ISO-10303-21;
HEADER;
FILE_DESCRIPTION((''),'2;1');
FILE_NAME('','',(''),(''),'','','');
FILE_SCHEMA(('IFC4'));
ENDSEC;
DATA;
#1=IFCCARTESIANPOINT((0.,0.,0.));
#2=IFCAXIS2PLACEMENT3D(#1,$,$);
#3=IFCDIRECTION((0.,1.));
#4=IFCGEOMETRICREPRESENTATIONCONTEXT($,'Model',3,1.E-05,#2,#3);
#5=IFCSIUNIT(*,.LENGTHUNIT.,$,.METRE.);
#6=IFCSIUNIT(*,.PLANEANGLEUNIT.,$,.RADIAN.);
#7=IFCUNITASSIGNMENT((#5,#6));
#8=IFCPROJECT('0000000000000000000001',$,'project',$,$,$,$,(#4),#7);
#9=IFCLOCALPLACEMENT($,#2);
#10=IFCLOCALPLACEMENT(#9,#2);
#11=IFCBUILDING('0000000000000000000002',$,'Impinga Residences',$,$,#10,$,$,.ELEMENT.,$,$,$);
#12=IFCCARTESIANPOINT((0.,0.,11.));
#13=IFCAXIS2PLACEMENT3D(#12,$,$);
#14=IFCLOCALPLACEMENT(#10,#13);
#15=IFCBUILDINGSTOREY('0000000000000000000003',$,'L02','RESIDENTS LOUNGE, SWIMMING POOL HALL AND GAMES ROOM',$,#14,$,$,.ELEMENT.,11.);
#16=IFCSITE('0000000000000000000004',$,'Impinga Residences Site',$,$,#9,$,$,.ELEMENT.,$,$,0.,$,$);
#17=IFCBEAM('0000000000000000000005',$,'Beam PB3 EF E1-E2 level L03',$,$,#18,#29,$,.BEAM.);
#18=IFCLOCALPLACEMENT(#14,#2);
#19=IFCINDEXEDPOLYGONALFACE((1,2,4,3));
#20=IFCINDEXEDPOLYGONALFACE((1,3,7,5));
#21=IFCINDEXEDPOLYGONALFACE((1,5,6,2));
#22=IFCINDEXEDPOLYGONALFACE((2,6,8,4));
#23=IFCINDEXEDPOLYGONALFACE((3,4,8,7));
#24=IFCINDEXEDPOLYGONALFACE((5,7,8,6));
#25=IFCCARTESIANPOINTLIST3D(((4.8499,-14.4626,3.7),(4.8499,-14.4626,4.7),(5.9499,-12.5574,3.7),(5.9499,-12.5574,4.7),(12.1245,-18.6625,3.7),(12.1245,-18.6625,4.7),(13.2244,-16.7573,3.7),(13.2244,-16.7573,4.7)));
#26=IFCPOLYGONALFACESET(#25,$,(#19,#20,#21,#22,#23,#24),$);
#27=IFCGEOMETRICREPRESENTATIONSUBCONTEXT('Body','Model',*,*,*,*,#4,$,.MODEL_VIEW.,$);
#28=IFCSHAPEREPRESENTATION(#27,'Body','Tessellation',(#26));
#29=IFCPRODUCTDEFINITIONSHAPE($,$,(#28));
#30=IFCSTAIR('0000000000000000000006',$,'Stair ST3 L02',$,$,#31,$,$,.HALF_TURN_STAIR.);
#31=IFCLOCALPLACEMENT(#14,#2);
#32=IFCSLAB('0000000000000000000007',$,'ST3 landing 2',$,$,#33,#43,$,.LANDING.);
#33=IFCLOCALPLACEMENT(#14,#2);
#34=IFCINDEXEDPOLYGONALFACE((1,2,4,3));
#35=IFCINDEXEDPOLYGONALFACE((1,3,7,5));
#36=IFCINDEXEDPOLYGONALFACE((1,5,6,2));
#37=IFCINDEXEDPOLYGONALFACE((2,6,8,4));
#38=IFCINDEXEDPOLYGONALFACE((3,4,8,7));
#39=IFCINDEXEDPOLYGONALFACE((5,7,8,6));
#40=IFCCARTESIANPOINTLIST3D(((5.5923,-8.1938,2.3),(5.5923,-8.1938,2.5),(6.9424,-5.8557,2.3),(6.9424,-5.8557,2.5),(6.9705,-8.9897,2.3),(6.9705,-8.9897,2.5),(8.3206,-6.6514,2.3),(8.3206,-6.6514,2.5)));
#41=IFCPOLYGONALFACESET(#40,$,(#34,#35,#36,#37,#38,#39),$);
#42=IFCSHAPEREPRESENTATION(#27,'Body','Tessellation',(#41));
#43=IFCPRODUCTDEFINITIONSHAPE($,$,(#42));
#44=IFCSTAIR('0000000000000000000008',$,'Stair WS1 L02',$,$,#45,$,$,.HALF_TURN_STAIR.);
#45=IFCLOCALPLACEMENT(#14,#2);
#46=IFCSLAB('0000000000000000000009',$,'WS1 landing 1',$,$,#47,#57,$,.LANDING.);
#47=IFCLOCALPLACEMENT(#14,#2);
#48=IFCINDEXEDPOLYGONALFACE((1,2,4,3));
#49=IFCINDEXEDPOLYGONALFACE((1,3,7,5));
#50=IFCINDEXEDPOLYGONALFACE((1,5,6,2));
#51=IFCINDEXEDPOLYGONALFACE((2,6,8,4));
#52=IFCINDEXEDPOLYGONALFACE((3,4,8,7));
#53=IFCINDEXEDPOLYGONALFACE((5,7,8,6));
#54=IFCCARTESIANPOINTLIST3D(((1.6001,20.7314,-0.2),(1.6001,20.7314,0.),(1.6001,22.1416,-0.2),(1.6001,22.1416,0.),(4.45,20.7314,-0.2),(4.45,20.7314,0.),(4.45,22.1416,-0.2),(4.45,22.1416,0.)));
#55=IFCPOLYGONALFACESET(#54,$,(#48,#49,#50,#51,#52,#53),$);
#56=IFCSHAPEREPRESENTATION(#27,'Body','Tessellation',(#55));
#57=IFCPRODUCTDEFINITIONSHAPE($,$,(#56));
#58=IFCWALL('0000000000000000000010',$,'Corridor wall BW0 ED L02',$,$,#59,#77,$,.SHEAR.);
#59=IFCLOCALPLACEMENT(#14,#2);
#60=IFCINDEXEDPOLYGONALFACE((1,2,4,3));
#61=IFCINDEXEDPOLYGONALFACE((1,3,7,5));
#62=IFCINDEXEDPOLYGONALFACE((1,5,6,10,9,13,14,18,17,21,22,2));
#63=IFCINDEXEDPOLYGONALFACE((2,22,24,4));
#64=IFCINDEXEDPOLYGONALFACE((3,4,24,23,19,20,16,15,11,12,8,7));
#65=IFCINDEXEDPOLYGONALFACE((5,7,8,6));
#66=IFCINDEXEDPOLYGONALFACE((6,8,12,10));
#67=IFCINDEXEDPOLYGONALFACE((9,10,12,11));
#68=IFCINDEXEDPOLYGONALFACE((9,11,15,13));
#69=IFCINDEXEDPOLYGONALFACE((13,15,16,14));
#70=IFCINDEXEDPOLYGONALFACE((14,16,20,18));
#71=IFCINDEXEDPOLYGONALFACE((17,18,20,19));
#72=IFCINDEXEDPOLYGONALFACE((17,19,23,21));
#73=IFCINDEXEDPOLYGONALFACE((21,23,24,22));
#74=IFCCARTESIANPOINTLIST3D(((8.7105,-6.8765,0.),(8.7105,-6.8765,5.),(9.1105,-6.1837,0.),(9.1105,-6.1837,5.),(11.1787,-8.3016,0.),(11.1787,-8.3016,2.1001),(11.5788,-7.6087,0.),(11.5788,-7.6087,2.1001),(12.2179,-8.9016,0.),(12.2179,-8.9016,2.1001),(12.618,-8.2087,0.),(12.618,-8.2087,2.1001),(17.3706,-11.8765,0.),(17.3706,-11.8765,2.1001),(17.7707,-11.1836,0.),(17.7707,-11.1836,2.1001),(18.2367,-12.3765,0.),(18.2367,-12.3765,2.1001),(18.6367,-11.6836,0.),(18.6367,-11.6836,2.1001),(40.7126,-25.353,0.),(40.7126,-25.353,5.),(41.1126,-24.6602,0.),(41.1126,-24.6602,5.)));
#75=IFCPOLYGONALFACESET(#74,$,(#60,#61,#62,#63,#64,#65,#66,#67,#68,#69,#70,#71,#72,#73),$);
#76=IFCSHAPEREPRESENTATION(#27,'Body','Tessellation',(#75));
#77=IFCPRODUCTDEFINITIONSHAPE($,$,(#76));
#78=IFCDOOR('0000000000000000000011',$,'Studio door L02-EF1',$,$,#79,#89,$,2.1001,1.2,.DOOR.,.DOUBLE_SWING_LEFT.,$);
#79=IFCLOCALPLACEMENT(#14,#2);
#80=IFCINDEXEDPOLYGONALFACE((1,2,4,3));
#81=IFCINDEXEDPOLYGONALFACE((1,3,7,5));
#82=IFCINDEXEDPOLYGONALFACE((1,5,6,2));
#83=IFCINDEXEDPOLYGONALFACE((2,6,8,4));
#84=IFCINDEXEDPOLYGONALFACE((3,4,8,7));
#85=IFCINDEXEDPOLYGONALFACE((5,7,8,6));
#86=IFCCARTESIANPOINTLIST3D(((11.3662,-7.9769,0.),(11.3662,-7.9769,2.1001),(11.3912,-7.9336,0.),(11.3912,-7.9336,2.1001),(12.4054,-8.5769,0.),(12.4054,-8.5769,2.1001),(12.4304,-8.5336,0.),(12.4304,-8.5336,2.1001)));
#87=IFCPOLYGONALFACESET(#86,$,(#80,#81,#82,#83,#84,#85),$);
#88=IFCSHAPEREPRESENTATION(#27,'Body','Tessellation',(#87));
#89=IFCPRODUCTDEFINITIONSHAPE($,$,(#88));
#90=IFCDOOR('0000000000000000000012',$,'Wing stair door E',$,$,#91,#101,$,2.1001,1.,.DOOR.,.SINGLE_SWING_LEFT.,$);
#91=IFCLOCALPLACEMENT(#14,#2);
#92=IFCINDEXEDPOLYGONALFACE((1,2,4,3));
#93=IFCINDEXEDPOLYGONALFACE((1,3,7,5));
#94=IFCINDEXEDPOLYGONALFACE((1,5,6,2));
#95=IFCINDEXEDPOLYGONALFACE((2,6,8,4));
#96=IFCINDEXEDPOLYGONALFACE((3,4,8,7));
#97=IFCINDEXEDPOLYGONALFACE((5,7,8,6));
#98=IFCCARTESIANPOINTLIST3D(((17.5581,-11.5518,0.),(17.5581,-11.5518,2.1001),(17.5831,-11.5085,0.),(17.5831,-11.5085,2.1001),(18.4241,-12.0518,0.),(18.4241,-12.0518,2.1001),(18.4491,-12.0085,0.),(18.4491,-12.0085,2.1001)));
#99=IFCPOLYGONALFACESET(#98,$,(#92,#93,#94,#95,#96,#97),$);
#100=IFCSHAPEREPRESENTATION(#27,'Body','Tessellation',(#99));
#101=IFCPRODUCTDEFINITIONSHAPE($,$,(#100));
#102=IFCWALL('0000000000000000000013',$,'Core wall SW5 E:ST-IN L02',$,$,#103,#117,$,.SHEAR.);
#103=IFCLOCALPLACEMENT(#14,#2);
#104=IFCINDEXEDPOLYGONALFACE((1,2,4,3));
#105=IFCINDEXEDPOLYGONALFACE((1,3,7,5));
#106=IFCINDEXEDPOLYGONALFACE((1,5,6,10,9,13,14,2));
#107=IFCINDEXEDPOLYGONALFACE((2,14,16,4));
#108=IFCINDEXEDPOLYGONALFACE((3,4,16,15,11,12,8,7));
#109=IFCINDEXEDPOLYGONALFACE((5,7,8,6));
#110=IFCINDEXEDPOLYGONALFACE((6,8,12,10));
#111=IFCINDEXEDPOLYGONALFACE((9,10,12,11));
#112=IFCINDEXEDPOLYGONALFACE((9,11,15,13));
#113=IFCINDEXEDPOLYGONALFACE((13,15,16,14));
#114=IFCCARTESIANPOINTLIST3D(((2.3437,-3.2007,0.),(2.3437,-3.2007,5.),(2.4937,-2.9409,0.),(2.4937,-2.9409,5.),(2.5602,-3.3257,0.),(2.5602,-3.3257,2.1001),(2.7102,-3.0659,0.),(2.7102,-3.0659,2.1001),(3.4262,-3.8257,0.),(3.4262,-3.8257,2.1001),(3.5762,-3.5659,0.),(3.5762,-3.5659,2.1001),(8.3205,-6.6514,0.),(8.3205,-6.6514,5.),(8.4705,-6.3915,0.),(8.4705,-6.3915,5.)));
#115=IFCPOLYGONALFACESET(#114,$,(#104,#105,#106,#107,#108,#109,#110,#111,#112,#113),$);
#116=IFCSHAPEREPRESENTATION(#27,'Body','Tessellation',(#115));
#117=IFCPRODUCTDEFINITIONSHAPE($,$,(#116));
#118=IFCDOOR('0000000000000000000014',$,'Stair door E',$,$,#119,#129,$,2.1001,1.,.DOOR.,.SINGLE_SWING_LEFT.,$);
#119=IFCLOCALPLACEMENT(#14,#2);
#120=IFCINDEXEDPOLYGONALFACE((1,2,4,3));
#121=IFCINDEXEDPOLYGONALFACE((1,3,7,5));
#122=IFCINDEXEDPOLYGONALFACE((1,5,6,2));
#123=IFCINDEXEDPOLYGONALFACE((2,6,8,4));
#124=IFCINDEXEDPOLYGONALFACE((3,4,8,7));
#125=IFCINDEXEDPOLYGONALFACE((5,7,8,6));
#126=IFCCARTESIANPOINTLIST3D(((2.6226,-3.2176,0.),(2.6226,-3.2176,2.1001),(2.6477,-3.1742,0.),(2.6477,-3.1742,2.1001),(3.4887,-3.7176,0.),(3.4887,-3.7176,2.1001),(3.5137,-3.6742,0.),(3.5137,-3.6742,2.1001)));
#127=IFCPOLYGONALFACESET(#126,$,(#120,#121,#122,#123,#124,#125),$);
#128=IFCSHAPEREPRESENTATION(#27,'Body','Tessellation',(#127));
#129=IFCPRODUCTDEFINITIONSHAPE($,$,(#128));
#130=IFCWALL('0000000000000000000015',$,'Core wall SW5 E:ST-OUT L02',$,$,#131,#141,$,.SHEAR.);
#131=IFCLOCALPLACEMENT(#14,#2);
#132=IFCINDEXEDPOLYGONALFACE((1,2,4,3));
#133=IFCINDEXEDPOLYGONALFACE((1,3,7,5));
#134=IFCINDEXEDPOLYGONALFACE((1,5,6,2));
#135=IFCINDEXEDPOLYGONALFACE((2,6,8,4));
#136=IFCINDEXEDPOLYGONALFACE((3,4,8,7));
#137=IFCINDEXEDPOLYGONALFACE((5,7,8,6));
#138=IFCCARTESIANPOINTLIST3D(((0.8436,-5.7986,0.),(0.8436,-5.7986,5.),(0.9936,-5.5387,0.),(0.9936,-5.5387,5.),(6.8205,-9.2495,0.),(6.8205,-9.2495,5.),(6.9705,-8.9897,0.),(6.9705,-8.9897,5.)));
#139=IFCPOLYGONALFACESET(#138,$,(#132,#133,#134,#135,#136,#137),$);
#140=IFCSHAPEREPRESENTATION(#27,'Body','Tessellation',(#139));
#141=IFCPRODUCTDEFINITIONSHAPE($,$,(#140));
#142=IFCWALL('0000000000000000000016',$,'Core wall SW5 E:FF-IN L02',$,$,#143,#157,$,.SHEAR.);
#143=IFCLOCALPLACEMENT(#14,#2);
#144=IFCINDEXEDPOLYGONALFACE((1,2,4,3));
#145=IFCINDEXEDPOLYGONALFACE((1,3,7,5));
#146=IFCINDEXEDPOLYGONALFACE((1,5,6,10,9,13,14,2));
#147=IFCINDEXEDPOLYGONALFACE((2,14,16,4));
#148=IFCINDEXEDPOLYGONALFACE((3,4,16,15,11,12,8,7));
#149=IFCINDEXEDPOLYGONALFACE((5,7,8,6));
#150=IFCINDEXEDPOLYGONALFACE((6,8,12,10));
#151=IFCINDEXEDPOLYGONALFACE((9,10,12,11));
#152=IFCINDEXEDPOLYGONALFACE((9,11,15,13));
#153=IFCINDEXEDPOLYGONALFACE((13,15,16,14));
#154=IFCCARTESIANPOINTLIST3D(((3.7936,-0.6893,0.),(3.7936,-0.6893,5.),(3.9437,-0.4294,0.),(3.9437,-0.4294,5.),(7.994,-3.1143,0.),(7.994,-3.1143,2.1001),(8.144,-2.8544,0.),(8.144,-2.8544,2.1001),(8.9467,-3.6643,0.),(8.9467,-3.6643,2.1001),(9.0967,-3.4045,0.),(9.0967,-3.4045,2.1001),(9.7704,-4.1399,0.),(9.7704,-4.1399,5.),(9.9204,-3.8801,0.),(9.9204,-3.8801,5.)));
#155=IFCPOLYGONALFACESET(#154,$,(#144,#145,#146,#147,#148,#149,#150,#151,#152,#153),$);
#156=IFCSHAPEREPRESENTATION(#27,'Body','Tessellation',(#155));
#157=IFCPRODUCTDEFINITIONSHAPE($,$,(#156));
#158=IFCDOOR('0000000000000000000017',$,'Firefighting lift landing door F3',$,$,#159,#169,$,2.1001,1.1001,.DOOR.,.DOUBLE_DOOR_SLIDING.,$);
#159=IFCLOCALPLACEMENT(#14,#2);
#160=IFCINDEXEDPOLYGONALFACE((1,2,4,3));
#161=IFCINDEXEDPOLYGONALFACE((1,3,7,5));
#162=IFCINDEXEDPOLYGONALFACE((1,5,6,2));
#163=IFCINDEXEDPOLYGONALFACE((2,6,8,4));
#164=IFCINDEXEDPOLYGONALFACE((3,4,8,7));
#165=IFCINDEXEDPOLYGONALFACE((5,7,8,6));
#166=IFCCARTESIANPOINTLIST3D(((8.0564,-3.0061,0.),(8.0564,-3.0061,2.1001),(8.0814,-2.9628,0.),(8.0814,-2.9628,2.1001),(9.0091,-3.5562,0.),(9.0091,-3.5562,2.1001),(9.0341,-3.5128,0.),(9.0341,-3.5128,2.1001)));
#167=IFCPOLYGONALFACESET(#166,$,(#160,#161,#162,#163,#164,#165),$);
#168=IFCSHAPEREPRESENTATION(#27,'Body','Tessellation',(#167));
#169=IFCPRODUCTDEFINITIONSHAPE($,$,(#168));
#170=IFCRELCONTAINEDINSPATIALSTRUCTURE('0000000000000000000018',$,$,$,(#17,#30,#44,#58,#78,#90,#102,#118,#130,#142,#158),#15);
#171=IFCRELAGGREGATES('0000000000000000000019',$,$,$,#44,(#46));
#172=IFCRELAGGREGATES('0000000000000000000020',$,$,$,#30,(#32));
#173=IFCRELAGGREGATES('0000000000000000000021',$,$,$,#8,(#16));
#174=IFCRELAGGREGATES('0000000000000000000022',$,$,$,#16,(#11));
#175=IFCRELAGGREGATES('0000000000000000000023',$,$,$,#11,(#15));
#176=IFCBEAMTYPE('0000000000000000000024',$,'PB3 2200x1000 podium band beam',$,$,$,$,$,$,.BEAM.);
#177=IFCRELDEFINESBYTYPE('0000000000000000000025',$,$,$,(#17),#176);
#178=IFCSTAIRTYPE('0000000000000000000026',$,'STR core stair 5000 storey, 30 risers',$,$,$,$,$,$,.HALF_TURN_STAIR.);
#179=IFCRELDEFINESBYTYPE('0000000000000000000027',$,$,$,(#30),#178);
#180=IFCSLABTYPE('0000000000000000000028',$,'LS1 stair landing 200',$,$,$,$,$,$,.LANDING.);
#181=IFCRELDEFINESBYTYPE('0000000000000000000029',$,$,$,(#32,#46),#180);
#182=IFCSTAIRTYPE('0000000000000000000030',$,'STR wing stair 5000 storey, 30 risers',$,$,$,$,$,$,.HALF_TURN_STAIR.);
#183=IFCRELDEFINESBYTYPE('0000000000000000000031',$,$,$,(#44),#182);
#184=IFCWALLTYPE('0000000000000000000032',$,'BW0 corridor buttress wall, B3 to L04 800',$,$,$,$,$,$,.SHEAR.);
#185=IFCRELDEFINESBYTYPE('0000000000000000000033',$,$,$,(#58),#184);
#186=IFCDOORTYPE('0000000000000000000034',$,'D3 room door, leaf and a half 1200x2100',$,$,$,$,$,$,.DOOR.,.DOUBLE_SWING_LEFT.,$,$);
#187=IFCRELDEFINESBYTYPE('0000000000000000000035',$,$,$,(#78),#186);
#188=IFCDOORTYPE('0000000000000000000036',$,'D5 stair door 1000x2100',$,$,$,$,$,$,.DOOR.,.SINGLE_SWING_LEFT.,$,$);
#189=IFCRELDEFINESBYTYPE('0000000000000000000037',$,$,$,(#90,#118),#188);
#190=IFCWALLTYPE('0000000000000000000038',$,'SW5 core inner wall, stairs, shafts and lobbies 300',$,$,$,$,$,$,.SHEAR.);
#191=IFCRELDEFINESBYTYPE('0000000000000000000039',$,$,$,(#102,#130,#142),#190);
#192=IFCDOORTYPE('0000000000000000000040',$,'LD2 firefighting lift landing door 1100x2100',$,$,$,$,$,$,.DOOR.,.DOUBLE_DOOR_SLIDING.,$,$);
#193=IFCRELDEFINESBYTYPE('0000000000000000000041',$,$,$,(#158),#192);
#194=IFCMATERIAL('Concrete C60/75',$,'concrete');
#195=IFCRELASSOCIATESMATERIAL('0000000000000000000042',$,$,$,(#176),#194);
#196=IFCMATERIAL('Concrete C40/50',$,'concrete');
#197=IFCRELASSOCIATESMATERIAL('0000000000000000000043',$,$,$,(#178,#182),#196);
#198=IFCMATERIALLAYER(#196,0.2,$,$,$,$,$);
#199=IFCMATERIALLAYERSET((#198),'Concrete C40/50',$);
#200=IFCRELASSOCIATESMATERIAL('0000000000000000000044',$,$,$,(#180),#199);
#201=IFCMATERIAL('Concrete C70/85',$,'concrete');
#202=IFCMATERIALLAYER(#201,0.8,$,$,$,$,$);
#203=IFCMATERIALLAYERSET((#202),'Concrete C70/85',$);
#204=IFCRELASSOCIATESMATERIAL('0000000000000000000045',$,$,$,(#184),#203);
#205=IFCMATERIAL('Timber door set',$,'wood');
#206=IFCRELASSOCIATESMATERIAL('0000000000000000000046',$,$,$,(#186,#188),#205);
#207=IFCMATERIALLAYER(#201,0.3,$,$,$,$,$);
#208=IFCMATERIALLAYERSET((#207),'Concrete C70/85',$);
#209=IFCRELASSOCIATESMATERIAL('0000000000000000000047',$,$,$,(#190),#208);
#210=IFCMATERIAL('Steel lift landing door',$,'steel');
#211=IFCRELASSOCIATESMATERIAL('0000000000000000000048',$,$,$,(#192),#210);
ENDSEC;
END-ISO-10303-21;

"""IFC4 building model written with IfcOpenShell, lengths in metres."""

from ifc_helpers import new_model, si_unit, direction, frame, frame_2d, origin, origin_2d, place, context, subcontext, project, spatial, polyline, rectangle, outline, extrude, material, layer, layer_set, material_profile, profile_set, type_object, element, fill, aggregate, save


model = new_model("IFC4")

# Units and contexts
model_context = context("Model", 3, precision=1e-05, world=origin(), true_north=direction((0.0, 1.0)))
body_context = subcontext(model_context, "Body", "Model", "MODEL_VIEW")
ifc_project = project(units=[si_unit("LENGTHUNIT", "METRE"), si_unit("PLANEANGLEUNIT", "RADIAN")], contexts=[model_context])

# Site, building, storey
site_placement = place(None, origin())
site = spatial("IfcSite", under=ifc_project, at=site_placement, Name="Impinga Residences Site", CompositionType="ELEMENT", RefElevation=0.0)
building_placement = place(site_placement, origin())
building = spatial("IfcBuilding", under=site, at=building_placement, Name="Impinga Residences", CompositionType="ELEMENT")
storey_placement = place(building_placement, frame((0.0, 0.0, 11.0)))
storey = spatial("IfcBuildingStorey", under=building, at=storey_placement, Name="L02", Description="RESIDENTS LOUNGE, SWIMMING POOL HALL AND GAMES ROOM", CompositionType="ELEMENT", Elevation=11.0)

# Beam
ifc_material_1 = material(Name="Concrete C60/75", Category="concrete")
ifc_material_profile = material_profile(ifc_material_1, rectangle(XDim=2.2, YDim=1.0, at=origin_2d()), Name="RC 2200x1000")
ifc_profile_set = profile_set([ifc_material_profile], Name="Concrete C60/75")
beam_type = type_object("IfcBeamType", Name="PB3 2200x1000 podium band beam", PredefinedType="BEAM", material=ifc_profile_set)
beam_placement = place(storey_placement, frame((5.3999, -13.51, 4.2), z_axis=(0.866029, -0.499993, 0.0), x_axis=(0.499993, 0.866029, 0.0)))
element("IfcBeam", 1, at=beam_placement, inside=storey, type_object=beam_type, Name="Beam PB3 EF E1-E2 level L03", PredefinedType="BEAM", context=body_context, shape_type="SweptSolid", body=[
    extrude(rectangle(XDim=2.2, YDim=1.0, at=origin_2d()), origin(), (0.0, 0.0, 1.0), 8.3999),
])

# Stairs, slabs
ifc_material_2 = material(Name="Concrete C40/50", Category="concrete")
stair_type_1 = type_object("IfcStairType", Name="STR core stair 5000 storey, 30 risers", PredefinedType="HALF_TURN_STAIR", material=ifc_material_2)
stair_1_placement = place(storey_placement, origin())
stair_1 = element("IfcStair", 2, at=stair_1_placement, inside=storey, type_object=stair_type_1, Name="Stair ST3 L02", PredefinedType="HALF_TURN_STAIR")
ifc_layer_1 = layer(ifc_material_2, 0.2)
ifc_layer_set_1 = layer_set([ifc_layer_1], Name="Concrete C40/50")
slab_type = type_object("IfcSlabType", Name="LS1 stair landing 200", PredefinedType="LANDING", material=ifc_layer_set_1)
slab_1_placement = place(storey_placement, frame((0.0, 0.0, 2.3)))
slab_1 = element("IfcSlab", 3, at=slab_1_placement, type_object=slab_type, Name="ST3 landing 2", PredefinedType="LANDING", context=body_context, shape_type="SweptSolid", body=[
    extrude(outline(polyline([(6.9424, -5.8557), (5.5923, -8.1938), (6.9705, -8.9897), (8.3206, -6.6514), (6.9424, -5.8557)])), origin(), (0.0, 0.0, 1.0), 0.2),
])
stair_type_2 = type_object("IfcStairType", Name="STR wing stair 5000 storey, 30 risers", PredefinedType="HALF_TURN_STAIR", material=ifc_material_2)
stair_2_placement = place(storey_placement, origin())
stair_2 = element("IfcStair", 4, at=stair_2_placement, inside=storey, type_object=stair_type_2, Name="Stair WS1 L02", PredefinedType="HALF_TURN_STAIR")
slab_2_placement = place(storey_placement, frame((0.0, 0.0, -0.2)))
slab_2 = element("IfcSlab", 5, at=slab_2_placement, type_object=slab_type, Name="WS1 landing 1", PredefinedType="LANDING", context=body_context, shape_type="SweptSolid", body=[
    extrude(outline(polyline([(1.6001, 20.7314), (4.45, 20.7314), (4.45, 22.1416), (1.6001, 22.1416), (1.6001, 20.7314)])), origin(), (0.0, 0.0, 1.0), 0.2),
])
aggregate(stair_2, [slab_2])

# Wall, openings, doors
ifc_material_3 = material(Name="Concrete C70/85", Category="concrete")
ifc_layer_2 = layer(ifc_material_3, 0.8)
ifc_layer_set_2 = layer_set([ifc_layer_2], Name="Concrete C70/85")
wall_type_1 = type_object("IfcWallType", Name="BW0 corridor buttress wall, B3 to L04 800", PredefinedType="SHEAR", material=ifc_layer_set_2)
wall_1_placement = place(storey_placement, frame((8.9104, -6.53, 0.0), z_axis=(0.0, 0.0, 1.0), x_axis=(0.866024, -0.500002, 0.0)))
wall_1 = element("IfcWall", 6, at=wall_1_placement, inside=storey, type_object=wall_type_1, Name="Corridor wall BW0 ED L02", PredefinedType="SHEAR", context=body_context, shape_type="SweptSolid", body=[
    extrude(rectangle(XDim=36.9529, YDim=0.8, at=frame_2d((18.4766, 0.0))), origin(), (0.0, 0.0, 1.0), 5.0),
])
opening_1_placement = place(wall_1_placement, frame((10.0, 0.0, 0.0)))
opening_1 = element("IfcOpeningElement", 7, at=opening_1_placement, cuts=wall_1, PredefinedType="OPENING", context=body_context, shape_type="SweptSolid", body=[
    extrude(rectangle(XDim=1.0, YDim=2.1001, at=frame_2d((0.5, 1.05))), frame((0.0, 0.4099, 0.0), z_axis=(0.0, -1.0, 0.0), x_axis=(1.0, 0.0, 0.0)), (0.0, 0.0, 1.0), 0.8201),
])
opening_2_placement = place(wall_1_placement, frame((2.8501, 0.0, 0.0)))
opening_2 = element("IfcOpeningElement", 8, at=opening_2_placement, cuts=wall_1, PredefinedType="OPENING", context=body_context, shape_type="SweptSolid", body=[
    extrude(rectangle(XDim=1.2, YDim=2.1001, at=frame_2d((0.6001, 1.05))), frame((0.0, 0.4099, 0.0), z_axis=(0.0, -1.0, 0.0), x_axis=(1.0, 0.0, 0.0)), (0.0, 0.0, 1.0), 0.8201),
])
ifc_material_4 = material(Name="Timber door set", Category="wood")
door_type_1 = type_object("IfcDoorType", Name="D3 room door, leaf and a half 1200x2100", OperationType="DOUBLE_SWING_LEFT", PredefinedType="DOOR", material=ifc_material_4)
door_1_placement = place(opening_2_placement, origin())
door_1 = element("IfcDoor", 9, at=door_1_placement, inside=storey, type_object=door_type_1, Name="Studio door L02-EF1", OperationType="DOUBLE_SWING_LEFT", OverallHeight=2.1001, OverallWidth=1.2, PredefinedType="DOOR", context=body_context, shape_type="SweptSolid", body=[
    extrude(rectangle(XDim=1.2, YDim=2.1001, at=frame_2d((0.6001, 1.05))), frame((0.0, 0.0249, 0.0), z_axis=(0.0, -1.0, 0.0), x_axis=(1.0, 0.0, 0.0)), (0.0, 0.0, 1.0), 0.05),
])
fill(opening_2, door_1)
door_type_2 = type_object("IfcDoorType", Name="D5 stair door 1000x2100", OperationType="SINGLE_SWING_LEFT", PredefinedType="DOOR", material=ifc_material_4)
door_2_placement = place(opening_1_placement, origin())
door_2 = element("IfcDoor", 10, at=door_2_placement, inside=storey, type_object=door_type_2, Name="Wing stair door E", OperationType="SINGLE_SWING_LEFT", OverallHeight=2.1001, OverallWidth=1.0, PredefinedType="DOOR", context=body_context, shape_type="SweptSolid", body=[
    extrude(rectangle(XDim=1.0, YDim=2.1001, at=frame_2d((0.5, 1.05))), frame((0.0, 0.0249, 0.0), z_axis=(0.0, -1.0, 0.0), x_axis=(1.0, 0.0, 0.0)), (0.0, 0.0, 1.0), 0.05),
])
fill(opening_1, door_2)

# Wall, opening, door
ifc_layer_3 = layer(ifc_material_3, 0.3)
ifc_layer_set_3 = layer_set([ifc_layer_3], Name="Concrete C70/85")
wall_type_2 = type_object("IfcWallType", Name="SW5 core inner wall, stairs, shafts and lobbies 300", PredefinedType="SHEAR", material=ifc_layer_set_3)
wall_2_placement = place(storey_placement, frame((2.4187, -3.0708, 0.0), z_axis=(0.0, 0.0, 1.0), x_axis=(0.866027, -0.499997, 0.0)))
wall_2 = element("IfcWall", 11, at=wall_2_placement, inside=storey, type_object=wall_type_2, Name="Core wall SW5 E:ST-IN L02", PredefinedType="SHEAR", context=body_context, shape_type="SweptSolid", body=[
    extrude(rectangle(XDim=6.9014, YDim=0.3, at=frame_2d((3.4507, 0.0))), origin(), (0.0, 0.0, 1.0), 5.0),
])
opening_3_placement = place(wall_2_placement, frame((0.25, 0.0, 0.0)))
opening_3 = element("IfcOpeningElement", 12, at=opening_3_placement, cuts=wall_2, PredefinedType="OPENING", context=body_context, shape_type="SweptSolid", body=[
    extrude(rectangle(XDim=1.0, YDim=2.1001, at=frame_2d((0.5, 1.05))), frame((0.0, 0.1599, 0.0), z_axis=(0.0, -1.0, 0.0), x_axis=(1.0, 0.0, 0.0)), (0.0, 0.0, 1.0), 0.3201),
])
door_3_placement = place(opening_3_placement, origin())
door_3 = element("IfcDoor", 13, at=door_3_placement, inside=storey, type_object=door_type_2, Name="Stair door E", OperationType="SINGLE_SWING_LEFT", OverallHeight=2.1001, OverallWidth=1.0, PredefinedType="DOOR", context=body_context, shape_type="SweptSolid", body=[
    extrude(rectangle(XDim=1.0, YDim=2.1001, at=frame_2d((0.5, 1.05))), frame((0.0, 0.0249, 0.0), z_axis=(0.0, -1.0, 0.0), x_axis=(1.0, 0.0, 0.0)), (0.0, 0.0, 1.0), 0.05),
])
fill(opening_3, door_3)

# Wall
wall_3_placement = place(storey_placement, frame((0.9187, -5.6687, 0.0), z_axis=(0.0, 0.0, 1.0), x_axis=(0.866012, -0.500024, 0.0)))
element("IfcWall", 14, at=wall_3_placement, inside=storey, type_object=wall_type_2, Name="Core wall SW5 E:ST-OUT L02", PredefinedType="SHEAR", context=body_context, shape_type="SweptSolid", body=[
    extrude(rectangle(XDim=6.9016, YDim=0.3, at=frame_2d((3.4507, 0.0))), origin(), (0.0, 0.0, 1.0), 5.0),
])

# Wall, opening, door
wall_4_placement = place(storey_placement, frame((3.8687, -0.5593, 0.0), z_axis=(0.0, 0.0, 1.0), x_axis=(0.866027, -0.499997, 0.0)))
wall_4 = element("IfcWall", 15, at=wall_4_placement, inside=storey, type_object=wall_type_2, Name="Core wall SW5 E:FF-IN L02", PredefinedType="SHEAR", context=body_context, shape_type="SweptSolid", body=[
    extrude(rectangle(XDim=6.9014, YDim=0.3, at=frame_2d((3.4507, 0.0))), origin(), (0.0, 0.0, 1.0), 5.0),
])
opening_4_placement = place(wall_4_placement, frame((4.8501, 0.0, 0.0)))
opening_4 = element("IfcOpeningElement", 16, at=opening_4_placement, cuts=wall_4, PredefinedType="OPENING", context=body_context, shape_type="SweptSolid", body=[
    extrude(rectangle(XDim=1.1001, YDim=2.1001, at=frame_2d((0.55, 1.05))), frame((0.0, 0.1599, 0.0), z_axis=(0.0, -1.0, 0.0), x_axis=(1.0, 0.0, 0.0)), (0.0, 0.0, 1.0), 0.3201),
])
ifc_material_5 = material(Name="Steel lift landing door", Category="steel")
door_type_3 = type_object("IfcDoorType", Name="LD2 firefighting lift landing door 1100x2100", OperationType="DOUBLE_DOOR_SLIDING", PredefinedType="DOOR", material=ifc_material_5)
door_4_placement = place(opening_4_placement, origin())
door_4 = element("IfcDoor", 17, at=door_4_placement, inside=storey, type_object=door_type_3, Name="Firefighting lift landing door F3", OperationType="DOUBLE_DOOR_SLIDING", OverallHeight=2.1001, OverallWidth=1.1001, PredefinedType="DOOR", context=body_context, shape_type="SweptSolid", body=[
    extrude(rectangle(XDim=1.1001, YDim=2.1001, at=frame_2d((0.55, 1.05))), frame((0.0, 0.0249, 0.0), z_axis=(0.0, -1.0, 0.0), x_axis=(1.0, 0.0, 0.0)), (0.0, 0.0, 1.0), 0.05),
])
fill(opening_4, door_4)

aggregate(stair_1, [slab_1])

save(model, "model.ifc")
